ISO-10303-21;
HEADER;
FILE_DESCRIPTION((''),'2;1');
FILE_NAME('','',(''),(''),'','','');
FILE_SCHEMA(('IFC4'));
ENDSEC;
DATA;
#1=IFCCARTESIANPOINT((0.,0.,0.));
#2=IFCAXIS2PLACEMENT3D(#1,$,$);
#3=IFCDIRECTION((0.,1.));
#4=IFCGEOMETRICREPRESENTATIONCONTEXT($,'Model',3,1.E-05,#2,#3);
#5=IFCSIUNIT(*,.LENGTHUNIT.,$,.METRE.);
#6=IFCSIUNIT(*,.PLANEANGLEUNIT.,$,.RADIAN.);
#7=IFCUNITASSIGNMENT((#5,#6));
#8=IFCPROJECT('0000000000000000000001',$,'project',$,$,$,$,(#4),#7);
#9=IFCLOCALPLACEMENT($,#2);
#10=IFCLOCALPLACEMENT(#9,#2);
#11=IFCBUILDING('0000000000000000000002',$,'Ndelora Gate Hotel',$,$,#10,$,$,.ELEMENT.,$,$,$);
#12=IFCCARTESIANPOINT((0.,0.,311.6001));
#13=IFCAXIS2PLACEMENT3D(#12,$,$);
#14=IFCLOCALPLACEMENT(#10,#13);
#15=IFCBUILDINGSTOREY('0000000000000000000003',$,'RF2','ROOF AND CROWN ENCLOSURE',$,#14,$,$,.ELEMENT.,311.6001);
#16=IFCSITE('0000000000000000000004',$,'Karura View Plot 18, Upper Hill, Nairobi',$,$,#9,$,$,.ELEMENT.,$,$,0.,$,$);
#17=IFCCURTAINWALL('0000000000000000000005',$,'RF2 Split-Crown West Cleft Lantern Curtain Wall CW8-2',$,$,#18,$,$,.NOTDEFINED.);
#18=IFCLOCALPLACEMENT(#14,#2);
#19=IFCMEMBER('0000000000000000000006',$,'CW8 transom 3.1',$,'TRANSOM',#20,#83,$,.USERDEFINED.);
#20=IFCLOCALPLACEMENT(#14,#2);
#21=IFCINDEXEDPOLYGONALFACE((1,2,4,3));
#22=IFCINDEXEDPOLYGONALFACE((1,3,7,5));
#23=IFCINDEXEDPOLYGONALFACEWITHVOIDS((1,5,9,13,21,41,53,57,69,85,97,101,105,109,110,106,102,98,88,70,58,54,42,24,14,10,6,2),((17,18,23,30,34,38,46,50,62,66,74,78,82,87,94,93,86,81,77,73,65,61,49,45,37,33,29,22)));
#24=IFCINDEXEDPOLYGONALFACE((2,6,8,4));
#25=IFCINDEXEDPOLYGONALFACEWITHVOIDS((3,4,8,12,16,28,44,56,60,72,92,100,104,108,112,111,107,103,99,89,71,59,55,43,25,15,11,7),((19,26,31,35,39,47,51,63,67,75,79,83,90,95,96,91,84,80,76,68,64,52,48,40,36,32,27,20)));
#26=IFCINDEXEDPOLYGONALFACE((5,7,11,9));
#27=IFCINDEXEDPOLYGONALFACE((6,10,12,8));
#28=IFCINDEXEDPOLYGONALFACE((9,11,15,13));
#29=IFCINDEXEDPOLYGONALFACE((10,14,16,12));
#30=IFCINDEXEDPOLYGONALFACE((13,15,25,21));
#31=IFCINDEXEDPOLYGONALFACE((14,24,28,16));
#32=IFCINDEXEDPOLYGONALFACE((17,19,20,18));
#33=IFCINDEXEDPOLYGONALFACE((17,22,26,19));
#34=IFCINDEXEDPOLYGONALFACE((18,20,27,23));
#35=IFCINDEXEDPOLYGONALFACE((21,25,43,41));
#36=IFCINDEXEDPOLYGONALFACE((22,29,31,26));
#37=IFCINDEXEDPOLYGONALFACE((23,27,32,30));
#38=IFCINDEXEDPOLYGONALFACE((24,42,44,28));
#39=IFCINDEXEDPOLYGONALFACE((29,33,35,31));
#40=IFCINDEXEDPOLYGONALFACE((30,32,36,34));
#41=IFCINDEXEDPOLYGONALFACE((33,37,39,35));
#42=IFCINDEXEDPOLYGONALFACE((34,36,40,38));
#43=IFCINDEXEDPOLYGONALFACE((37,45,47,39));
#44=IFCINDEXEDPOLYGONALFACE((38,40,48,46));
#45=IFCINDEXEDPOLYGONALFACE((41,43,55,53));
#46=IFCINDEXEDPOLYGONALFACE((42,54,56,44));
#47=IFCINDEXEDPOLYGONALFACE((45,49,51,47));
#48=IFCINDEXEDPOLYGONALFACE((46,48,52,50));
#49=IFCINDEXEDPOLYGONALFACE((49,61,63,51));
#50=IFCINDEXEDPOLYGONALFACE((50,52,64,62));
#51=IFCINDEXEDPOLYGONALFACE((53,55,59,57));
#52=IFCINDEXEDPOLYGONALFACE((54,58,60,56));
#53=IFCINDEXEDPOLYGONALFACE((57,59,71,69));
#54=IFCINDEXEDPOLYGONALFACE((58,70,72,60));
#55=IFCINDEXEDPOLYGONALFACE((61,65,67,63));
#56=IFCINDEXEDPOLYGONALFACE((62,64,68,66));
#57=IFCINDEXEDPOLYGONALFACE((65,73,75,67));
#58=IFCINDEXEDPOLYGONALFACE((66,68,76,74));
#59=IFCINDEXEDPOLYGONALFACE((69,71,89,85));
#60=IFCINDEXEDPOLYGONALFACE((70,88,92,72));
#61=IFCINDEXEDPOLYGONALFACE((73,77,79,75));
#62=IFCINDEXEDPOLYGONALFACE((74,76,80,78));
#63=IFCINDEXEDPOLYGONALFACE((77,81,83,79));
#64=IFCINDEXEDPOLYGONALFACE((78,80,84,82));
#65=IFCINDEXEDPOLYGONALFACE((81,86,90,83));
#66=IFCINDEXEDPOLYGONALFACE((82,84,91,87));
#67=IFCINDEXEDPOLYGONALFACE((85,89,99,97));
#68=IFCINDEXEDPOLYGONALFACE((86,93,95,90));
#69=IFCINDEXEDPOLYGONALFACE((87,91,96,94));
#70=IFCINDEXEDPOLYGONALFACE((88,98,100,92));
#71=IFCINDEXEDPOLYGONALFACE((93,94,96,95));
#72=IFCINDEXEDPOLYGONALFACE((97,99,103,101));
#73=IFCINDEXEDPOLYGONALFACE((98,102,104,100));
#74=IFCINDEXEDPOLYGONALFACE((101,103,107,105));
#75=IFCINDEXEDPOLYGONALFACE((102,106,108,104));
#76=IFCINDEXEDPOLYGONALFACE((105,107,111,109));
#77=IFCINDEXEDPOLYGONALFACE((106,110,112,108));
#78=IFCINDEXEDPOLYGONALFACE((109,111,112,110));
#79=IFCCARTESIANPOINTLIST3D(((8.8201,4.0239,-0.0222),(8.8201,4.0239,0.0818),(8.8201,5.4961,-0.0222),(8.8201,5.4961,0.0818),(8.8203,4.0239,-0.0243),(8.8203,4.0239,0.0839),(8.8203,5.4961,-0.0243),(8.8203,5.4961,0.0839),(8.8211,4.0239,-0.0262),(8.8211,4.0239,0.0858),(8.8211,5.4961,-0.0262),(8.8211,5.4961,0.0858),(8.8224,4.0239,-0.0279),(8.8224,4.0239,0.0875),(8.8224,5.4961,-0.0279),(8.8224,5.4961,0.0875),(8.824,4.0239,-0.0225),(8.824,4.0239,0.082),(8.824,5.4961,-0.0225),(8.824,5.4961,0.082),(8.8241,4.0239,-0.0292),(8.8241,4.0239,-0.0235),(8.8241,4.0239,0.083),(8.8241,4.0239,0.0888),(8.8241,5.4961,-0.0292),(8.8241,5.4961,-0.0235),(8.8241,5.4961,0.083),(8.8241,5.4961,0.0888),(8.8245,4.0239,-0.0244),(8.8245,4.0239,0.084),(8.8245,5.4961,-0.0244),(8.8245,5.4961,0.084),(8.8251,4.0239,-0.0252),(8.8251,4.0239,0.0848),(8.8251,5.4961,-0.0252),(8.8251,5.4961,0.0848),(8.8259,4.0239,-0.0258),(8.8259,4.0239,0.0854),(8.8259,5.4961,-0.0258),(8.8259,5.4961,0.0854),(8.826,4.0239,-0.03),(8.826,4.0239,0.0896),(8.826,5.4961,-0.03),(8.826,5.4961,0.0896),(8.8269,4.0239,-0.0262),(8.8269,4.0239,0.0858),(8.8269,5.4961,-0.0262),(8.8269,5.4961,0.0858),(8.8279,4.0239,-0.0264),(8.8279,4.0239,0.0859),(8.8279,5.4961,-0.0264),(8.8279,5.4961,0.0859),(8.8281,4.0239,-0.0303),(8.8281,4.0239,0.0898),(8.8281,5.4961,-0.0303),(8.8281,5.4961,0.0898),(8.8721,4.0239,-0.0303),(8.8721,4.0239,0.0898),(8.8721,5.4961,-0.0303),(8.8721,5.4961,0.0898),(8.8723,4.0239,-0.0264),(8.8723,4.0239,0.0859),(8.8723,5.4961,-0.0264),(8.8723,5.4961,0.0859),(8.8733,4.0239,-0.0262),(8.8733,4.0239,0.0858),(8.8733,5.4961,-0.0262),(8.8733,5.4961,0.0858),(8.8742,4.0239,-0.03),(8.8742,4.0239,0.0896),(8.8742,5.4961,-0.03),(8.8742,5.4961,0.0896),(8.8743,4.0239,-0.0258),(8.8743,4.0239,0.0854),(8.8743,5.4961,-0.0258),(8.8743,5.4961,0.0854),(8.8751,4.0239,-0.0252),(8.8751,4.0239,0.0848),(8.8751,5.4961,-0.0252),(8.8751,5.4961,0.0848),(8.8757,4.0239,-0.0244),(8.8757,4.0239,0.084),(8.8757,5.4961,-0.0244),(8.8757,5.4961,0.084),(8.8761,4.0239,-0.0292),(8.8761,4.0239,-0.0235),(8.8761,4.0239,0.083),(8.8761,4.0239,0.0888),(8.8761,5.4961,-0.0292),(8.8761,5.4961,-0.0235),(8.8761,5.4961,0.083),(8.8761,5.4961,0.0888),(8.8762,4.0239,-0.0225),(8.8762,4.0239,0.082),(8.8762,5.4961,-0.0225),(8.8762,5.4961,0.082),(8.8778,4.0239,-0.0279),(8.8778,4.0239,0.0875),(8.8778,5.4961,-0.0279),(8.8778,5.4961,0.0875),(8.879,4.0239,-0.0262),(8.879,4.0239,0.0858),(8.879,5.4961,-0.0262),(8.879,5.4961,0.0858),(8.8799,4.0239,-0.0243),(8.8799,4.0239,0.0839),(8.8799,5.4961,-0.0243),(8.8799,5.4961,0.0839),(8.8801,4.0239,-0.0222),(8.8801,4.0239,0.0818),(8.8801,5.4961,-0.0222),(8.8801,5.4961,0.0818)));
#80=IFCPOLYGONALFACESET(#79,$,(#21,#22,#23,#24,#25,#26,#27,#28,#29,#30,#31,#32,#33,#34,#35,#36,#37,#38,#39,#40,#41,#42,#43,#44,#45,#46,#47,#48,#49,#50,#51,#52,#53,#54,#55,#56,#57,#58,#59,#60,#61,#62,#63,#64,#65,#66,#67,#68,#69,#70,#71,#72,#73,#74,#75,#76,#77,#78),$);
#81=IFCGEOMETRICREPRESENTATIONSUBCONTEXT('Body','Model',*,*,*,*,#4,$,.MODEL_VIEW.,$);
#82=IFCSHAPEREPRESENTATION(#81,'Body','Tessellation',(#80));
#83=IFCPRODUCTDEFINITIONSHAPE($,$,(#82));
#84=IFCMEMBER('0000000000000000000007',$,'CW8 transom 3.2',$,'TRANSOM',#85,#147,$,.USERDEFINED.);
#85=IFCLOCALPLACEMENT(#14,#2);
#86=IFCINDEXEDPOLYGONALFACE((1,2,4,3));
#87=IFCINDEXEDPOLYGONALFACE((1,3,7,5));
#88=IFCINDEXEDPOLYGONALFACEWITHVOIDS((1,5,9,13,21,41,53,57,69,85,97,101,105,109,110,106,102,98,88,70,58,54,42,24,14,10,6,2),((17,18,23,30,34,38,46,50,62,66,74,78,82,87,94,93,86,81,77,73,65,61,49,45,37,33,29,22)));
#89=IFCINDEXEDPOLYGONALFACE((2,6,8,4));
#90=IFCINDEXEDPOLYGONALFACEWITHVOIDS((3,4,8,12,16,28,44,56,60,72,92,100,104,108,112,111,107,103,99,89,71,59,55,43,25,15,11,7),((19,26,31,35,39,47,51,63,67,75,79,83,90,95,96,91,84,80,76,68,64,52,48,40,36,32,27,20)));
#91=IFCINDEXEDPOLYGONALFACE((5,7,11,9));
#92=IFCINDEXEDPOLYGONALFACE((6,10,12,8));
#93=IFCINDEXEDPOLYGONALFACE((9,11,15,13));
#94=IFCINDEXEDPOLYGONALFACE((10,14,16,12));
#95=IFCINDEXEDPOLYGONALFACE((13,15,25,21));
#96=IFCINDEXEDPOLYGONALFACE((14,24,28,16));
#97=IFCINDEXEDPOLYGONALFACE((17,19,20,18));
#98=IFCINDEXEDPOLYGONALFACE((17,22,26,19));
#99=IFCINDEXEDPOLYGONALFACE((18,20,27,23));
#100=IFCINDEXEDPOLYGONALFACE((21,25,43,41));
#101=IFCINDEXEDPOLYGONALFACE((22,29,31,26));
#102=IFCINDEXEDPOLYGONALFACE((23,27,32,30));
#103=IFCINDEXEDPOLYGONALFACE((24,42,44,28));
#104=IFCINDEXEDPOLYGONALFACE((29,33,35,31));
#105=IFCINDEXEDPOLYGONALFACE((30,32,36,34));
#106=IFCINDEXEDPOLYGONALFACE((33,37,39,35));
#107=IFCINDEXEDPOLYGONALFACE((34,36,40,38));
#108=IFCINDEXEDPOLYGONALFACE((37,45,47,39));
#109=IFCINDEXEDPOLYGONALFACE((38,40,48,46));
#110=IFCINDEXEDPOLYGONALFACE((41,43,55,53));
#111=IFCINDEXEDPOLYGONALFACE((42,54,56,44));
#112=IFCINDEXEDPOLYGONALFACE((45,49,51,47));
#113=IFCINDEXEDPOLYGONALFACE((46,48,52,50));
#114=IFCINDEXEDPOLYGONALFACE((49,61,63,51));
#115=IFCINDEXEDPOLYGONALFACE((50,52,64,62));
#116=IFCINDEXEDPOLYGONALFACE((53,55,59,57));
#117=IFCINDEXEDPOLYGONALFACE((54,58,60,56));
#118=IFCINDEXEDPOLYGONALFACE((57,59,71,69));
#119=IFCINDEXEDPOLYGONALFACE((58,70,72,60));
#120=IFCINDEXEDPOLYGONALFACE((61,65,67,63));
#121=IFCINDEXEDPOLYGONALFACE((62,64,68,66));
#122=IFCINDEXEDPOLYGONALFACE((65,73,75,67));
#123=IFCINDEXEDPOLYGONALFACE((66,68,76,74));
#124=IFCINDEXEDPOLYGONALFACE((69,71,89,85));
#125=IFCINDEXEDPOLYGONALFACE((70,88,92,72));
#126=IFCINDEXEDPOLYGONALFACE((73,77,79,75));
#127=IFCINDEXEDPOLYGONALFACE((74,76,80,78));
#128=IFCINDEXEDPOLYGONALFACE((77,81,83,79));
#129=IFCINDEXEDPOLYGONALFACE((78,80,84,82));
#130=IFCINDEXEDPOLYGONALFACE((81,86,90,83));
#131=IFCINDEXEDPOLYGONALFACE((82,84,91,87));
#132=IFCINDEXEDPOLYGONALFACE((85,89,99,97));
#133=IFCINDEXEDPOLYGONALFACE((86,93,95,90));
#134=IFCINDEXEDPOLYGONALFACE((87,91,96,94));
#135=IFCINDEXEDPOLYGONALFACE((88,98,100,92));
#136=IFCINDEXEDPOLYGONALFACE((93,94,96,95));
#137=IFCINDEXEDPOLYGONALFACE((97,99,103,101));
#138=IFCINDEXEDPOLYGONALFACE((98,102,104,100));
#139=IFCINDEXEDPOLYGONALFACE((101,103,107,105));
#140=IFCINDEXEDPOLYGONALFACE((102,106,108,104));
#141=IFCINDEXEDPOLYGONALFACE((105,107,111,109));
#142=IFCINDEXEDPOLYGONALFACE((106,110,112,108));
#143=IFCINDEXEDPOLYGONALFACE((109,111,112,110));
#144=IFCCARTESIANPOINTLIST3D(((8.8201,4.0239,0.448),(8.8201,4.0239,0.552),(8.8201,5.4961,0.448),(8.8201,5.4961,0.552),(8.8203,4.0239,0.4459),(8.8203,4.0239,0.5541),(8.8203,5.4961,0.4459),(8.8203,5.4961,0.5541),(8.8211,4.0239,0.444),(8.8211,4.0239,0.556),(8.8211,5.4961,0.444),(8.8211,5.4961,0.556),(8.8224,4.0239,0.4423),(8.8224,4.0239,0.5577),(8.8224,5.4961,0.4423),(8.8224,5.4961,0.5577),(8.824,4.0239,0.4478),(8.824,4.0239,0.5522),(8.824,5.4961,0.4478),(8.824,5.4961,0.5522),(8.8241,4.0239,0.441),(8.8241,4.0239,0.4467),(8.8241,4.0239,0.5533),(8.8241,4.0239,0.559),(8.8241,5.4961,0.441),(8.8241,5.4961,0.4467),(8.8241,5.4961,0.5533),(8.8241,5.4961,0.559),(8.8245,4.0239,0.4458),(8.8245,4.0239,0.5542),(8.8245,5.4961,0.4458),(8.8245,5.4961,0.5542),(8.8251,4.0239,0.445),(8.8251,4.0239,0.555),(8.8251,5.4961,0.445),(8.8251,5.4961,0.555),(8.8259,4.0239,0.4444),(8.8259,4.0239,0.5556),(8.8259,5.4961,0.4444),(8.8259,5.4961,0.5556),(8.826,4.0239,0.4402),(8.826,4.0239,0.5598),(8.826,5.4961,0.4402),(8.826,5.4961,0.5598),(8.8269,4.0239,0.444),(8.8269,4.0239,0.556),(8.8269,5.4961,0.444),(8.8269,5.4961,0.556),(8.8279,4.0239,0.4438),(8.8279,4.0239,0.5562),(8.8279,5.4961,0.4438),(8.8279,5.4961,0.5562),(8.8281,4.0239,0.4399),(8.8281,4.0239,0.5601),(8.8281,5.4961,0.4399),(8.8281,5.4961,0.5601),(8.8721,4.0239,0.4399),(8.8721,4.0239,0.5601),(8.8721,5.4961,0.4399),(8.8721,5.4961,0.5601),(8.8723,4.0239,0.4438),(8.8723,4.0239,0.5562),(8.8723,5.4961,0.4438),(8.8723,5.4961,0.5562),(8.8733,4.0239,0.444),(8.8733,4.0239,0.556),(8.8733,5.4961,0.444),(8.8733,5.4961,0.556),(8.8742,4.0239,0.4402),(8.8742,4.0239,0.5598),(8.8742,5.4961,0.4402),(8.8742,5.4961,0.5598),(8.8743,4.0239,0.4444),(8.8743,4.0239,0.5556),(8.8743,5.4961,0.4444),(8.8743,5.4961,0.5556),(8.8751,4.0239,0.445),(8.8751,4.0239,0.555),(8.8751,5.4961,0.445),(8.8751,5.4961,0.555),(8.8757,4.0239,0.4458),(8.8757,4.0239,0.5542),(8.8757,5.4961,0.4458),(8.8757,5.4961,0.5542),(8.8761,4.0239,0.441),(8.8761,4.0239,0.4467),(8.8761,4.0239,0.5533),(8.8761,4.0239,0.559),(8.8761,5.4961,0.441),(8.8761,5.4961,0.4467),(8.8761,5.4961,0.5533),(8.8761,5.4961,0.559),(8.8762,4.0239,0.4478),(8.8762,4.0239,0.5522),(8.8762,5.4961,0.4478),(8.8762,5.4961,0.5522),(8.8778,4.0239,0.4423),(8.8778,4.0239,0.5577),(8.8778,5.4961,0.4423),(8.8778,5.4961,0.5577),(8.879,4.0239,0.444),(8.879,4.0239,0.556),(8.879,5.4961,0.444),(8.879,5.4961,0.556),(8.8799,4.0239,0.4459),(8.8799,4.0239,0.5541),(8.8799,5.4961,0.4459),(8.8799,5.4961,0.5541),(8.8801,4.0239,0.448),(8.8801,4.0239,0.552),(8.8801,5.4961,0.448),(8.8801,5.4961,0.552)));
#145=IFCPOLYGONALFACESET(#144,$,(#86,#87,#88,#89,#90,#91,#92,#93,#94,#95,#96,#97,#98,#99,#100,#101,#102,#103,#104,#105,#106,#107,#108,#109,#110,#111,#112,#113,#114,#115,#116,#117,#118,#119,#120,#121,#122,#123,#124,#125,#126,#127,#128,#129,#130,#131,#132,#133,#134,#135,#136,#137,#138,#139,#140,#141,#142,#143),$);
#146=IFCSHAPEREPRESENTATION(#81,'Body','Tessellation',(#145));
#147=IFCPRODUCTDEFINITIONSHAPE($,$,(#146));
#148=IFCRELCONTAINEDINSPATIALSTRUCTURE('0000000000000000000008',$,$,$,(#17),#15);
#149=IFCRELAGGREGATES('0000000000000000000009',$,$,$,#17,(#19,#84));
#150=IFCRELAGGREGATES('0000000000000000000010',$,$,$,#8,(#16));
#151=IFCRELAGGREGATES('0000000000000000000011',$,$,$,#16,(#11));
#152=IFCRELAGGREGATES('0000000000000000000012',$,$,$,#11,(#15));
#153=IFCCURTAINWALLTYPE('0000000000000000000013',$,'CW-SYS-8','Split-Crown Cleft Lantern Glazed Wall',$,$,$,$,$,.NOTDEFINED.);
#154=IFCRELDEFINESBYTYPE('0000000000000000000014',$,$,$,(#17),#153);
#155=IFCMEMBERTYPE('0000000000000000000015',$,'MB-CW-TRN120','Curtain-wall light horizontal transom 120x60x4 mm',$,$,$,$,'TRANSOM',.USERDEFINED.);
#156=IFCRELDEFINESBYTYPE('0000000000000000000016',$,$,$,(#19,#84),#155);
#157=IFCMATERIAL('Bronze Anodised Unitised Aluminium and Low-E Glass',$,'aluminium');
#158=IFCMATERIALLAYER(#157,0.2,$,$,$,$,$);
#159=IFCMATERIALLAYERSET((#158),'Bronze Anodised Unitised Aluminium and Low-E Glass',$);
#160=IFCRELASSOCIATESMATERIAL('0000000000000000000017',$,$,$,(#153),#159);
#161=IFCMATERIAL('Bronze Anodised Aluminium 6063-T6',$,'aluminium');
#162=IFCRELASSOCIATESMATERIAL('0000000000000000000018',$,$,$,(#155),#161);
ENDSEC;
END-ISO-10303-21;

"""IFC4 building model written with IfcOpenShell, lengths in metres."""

from ifc_helpers import new_model, si_unit, direction, frame, origin, origin_2d, place, context, subcontext, project, spatial, hollow_rectangle, extrude, material, layer, layer_set, material_profile, profile_set, type_object, element, aggregate, save


model = new_model("IFC4")

# Units and contexts
model_context = context("Model", 3, precision=1e-05, world=origin(), true_north=direction((0.0, 1.0)))
body_context = subcontext(model_context, "Body", "Model", "MODEL_VIEW")
ifc_project = project(units=[si_unit("LENGTHUNIT", "METRE"), si_unit("PLANEANGLEUNIT", "RADIAN")], contexts=[model_context])

# Site, building, storey
site_placement = place(None, origin())
site = spatial("IfcSite", under=ifc_project, at=site_placement, Name="Karura View Plot 18, Upper Hill, Nairobi", CompositionType="ELEMENT", RefElevation=0.0)
building_placement = place(site_placement, origin())
building = spatial("IfcBuilding", under=site, at=building_placement, Name="Ndelora Gate Hotel", CompositionType="ELEMENT")
storey_placement = place(building_placement, frame((0.0, 0.0, 311.6001)))
storey = spatial("IfcBuildingStorey", under=building, at=storey_placement, Name="RF2", Description="ROOF AND CROWN ENCLOSURE", CompositionType="ELEMENT", Elevation=311.6001)

# Curtain wall, members
ifc_material_1 = material(Name="Bronze Anodised Unitised Aluminium and Low-E Glass", Category="aluminium")
ifc_layer_1 = layer(ifc_material_1, 0.2)
ifc_layer_set_1 = layer_set([ifc_layer_1], Name="Bronze Anodised Unitised Aluminium and Low-E Glass")
curtain_wall_type = type_object("IfcCurtainWallType", Name="CW-SYS-8", Description="Split-Crown Cleft Lantern Glazed Wall", PredefinedType="NOTDEFINED", material=ifc_layer_set_1)
curtain_wall_placement = place(storey_placement, origin())
curtain_wall = element("IfcCurtainWall", 1, at=curtain_wall_placement, inside=storey, type_object=curtain_wall_type, Name="RF2 Split-Crown West Cleft Lantern Curtain Wall CW8-2", PredefinedType="NOTDEFINED")
ifc_material_2 = material(Name="Bronze Anodised Aluminium 6063-T6", Category="aluminium")
ifc_material_profile_1 = material_profile(ifc_material_2, hollow_rectangle(XDim=0.0601, YDim=0.1201, WallThickness=0.0039, InnerFilletRadius=0.0039, OuterFilletRadius=0.0081, at=origin_2d()), Name="ALU 120x60x4")
ifc_profile_set_1 = profile_set([ifc_material_profile_1], Name="Bronze Anodised Aluminium 6063-T6")
member_type_1 = type_object("IfcMemberType", Name="MB-CW-TRN120", Description="Curtain-wall light horizontal transom 120x60x4 mm", ElementType="TRANSOM", PredefinedType="USERDEFINED", material=ifc_profile_set_1)
member_1_placement = place(storey_placement, frame((8.8501, 4.0239, 0.0298), z_axis=(0.0, 1.0, 0.0), x_axis=(-1.0, 0.0, 0.0)))
member_1 = element("IfcMember", 2, at=member_1_placement, type_object=member_type_1, Name="CW8 transom 3.1", ObjectType="TRANSOM", PredefinedType="USERDEFINED", context=body_context, shape_type="SweptSolid", body=[
    extrude(hollow_rectangle(XDim=0.0601, YDim=0.1201, WallThickness=0.0039, InnerFilletRadius=0.0039, OuterFilletRadius=0.0081, at=origin_2d()), origin(), (0.0, 0.0, 1.0), 1.4722),
])
member_2_placement = place(storey_placement, frame((8.8501, 4.0239, 0.5), z_axis=(0.0, 1.0, 0.0), x_axis=(-1.0, 0.0, 0.0)))
member_2 = element("IfcMember", 3, at=member_2_placement, type_object=member_type_1, Name="CW8 transom 3.2", ObjectType="TRANSOM", PredefinedType="USERDEFINED", context=body_context, shape_type="SweptSolid", body=[
    extrude(hollow_rectangle(XDim=0.0601, YDim=0.1201, WallThickness=0.0039, InnerFilletRadius=0.0039, OuterFilletRadius=0.0081, at=origin_2d()), origin(), (0.0, 0.0, 1.0), 1.4722),
])
aggregate(curtain_wall, [member_1, member_2])

save(model, "model.ifc")
